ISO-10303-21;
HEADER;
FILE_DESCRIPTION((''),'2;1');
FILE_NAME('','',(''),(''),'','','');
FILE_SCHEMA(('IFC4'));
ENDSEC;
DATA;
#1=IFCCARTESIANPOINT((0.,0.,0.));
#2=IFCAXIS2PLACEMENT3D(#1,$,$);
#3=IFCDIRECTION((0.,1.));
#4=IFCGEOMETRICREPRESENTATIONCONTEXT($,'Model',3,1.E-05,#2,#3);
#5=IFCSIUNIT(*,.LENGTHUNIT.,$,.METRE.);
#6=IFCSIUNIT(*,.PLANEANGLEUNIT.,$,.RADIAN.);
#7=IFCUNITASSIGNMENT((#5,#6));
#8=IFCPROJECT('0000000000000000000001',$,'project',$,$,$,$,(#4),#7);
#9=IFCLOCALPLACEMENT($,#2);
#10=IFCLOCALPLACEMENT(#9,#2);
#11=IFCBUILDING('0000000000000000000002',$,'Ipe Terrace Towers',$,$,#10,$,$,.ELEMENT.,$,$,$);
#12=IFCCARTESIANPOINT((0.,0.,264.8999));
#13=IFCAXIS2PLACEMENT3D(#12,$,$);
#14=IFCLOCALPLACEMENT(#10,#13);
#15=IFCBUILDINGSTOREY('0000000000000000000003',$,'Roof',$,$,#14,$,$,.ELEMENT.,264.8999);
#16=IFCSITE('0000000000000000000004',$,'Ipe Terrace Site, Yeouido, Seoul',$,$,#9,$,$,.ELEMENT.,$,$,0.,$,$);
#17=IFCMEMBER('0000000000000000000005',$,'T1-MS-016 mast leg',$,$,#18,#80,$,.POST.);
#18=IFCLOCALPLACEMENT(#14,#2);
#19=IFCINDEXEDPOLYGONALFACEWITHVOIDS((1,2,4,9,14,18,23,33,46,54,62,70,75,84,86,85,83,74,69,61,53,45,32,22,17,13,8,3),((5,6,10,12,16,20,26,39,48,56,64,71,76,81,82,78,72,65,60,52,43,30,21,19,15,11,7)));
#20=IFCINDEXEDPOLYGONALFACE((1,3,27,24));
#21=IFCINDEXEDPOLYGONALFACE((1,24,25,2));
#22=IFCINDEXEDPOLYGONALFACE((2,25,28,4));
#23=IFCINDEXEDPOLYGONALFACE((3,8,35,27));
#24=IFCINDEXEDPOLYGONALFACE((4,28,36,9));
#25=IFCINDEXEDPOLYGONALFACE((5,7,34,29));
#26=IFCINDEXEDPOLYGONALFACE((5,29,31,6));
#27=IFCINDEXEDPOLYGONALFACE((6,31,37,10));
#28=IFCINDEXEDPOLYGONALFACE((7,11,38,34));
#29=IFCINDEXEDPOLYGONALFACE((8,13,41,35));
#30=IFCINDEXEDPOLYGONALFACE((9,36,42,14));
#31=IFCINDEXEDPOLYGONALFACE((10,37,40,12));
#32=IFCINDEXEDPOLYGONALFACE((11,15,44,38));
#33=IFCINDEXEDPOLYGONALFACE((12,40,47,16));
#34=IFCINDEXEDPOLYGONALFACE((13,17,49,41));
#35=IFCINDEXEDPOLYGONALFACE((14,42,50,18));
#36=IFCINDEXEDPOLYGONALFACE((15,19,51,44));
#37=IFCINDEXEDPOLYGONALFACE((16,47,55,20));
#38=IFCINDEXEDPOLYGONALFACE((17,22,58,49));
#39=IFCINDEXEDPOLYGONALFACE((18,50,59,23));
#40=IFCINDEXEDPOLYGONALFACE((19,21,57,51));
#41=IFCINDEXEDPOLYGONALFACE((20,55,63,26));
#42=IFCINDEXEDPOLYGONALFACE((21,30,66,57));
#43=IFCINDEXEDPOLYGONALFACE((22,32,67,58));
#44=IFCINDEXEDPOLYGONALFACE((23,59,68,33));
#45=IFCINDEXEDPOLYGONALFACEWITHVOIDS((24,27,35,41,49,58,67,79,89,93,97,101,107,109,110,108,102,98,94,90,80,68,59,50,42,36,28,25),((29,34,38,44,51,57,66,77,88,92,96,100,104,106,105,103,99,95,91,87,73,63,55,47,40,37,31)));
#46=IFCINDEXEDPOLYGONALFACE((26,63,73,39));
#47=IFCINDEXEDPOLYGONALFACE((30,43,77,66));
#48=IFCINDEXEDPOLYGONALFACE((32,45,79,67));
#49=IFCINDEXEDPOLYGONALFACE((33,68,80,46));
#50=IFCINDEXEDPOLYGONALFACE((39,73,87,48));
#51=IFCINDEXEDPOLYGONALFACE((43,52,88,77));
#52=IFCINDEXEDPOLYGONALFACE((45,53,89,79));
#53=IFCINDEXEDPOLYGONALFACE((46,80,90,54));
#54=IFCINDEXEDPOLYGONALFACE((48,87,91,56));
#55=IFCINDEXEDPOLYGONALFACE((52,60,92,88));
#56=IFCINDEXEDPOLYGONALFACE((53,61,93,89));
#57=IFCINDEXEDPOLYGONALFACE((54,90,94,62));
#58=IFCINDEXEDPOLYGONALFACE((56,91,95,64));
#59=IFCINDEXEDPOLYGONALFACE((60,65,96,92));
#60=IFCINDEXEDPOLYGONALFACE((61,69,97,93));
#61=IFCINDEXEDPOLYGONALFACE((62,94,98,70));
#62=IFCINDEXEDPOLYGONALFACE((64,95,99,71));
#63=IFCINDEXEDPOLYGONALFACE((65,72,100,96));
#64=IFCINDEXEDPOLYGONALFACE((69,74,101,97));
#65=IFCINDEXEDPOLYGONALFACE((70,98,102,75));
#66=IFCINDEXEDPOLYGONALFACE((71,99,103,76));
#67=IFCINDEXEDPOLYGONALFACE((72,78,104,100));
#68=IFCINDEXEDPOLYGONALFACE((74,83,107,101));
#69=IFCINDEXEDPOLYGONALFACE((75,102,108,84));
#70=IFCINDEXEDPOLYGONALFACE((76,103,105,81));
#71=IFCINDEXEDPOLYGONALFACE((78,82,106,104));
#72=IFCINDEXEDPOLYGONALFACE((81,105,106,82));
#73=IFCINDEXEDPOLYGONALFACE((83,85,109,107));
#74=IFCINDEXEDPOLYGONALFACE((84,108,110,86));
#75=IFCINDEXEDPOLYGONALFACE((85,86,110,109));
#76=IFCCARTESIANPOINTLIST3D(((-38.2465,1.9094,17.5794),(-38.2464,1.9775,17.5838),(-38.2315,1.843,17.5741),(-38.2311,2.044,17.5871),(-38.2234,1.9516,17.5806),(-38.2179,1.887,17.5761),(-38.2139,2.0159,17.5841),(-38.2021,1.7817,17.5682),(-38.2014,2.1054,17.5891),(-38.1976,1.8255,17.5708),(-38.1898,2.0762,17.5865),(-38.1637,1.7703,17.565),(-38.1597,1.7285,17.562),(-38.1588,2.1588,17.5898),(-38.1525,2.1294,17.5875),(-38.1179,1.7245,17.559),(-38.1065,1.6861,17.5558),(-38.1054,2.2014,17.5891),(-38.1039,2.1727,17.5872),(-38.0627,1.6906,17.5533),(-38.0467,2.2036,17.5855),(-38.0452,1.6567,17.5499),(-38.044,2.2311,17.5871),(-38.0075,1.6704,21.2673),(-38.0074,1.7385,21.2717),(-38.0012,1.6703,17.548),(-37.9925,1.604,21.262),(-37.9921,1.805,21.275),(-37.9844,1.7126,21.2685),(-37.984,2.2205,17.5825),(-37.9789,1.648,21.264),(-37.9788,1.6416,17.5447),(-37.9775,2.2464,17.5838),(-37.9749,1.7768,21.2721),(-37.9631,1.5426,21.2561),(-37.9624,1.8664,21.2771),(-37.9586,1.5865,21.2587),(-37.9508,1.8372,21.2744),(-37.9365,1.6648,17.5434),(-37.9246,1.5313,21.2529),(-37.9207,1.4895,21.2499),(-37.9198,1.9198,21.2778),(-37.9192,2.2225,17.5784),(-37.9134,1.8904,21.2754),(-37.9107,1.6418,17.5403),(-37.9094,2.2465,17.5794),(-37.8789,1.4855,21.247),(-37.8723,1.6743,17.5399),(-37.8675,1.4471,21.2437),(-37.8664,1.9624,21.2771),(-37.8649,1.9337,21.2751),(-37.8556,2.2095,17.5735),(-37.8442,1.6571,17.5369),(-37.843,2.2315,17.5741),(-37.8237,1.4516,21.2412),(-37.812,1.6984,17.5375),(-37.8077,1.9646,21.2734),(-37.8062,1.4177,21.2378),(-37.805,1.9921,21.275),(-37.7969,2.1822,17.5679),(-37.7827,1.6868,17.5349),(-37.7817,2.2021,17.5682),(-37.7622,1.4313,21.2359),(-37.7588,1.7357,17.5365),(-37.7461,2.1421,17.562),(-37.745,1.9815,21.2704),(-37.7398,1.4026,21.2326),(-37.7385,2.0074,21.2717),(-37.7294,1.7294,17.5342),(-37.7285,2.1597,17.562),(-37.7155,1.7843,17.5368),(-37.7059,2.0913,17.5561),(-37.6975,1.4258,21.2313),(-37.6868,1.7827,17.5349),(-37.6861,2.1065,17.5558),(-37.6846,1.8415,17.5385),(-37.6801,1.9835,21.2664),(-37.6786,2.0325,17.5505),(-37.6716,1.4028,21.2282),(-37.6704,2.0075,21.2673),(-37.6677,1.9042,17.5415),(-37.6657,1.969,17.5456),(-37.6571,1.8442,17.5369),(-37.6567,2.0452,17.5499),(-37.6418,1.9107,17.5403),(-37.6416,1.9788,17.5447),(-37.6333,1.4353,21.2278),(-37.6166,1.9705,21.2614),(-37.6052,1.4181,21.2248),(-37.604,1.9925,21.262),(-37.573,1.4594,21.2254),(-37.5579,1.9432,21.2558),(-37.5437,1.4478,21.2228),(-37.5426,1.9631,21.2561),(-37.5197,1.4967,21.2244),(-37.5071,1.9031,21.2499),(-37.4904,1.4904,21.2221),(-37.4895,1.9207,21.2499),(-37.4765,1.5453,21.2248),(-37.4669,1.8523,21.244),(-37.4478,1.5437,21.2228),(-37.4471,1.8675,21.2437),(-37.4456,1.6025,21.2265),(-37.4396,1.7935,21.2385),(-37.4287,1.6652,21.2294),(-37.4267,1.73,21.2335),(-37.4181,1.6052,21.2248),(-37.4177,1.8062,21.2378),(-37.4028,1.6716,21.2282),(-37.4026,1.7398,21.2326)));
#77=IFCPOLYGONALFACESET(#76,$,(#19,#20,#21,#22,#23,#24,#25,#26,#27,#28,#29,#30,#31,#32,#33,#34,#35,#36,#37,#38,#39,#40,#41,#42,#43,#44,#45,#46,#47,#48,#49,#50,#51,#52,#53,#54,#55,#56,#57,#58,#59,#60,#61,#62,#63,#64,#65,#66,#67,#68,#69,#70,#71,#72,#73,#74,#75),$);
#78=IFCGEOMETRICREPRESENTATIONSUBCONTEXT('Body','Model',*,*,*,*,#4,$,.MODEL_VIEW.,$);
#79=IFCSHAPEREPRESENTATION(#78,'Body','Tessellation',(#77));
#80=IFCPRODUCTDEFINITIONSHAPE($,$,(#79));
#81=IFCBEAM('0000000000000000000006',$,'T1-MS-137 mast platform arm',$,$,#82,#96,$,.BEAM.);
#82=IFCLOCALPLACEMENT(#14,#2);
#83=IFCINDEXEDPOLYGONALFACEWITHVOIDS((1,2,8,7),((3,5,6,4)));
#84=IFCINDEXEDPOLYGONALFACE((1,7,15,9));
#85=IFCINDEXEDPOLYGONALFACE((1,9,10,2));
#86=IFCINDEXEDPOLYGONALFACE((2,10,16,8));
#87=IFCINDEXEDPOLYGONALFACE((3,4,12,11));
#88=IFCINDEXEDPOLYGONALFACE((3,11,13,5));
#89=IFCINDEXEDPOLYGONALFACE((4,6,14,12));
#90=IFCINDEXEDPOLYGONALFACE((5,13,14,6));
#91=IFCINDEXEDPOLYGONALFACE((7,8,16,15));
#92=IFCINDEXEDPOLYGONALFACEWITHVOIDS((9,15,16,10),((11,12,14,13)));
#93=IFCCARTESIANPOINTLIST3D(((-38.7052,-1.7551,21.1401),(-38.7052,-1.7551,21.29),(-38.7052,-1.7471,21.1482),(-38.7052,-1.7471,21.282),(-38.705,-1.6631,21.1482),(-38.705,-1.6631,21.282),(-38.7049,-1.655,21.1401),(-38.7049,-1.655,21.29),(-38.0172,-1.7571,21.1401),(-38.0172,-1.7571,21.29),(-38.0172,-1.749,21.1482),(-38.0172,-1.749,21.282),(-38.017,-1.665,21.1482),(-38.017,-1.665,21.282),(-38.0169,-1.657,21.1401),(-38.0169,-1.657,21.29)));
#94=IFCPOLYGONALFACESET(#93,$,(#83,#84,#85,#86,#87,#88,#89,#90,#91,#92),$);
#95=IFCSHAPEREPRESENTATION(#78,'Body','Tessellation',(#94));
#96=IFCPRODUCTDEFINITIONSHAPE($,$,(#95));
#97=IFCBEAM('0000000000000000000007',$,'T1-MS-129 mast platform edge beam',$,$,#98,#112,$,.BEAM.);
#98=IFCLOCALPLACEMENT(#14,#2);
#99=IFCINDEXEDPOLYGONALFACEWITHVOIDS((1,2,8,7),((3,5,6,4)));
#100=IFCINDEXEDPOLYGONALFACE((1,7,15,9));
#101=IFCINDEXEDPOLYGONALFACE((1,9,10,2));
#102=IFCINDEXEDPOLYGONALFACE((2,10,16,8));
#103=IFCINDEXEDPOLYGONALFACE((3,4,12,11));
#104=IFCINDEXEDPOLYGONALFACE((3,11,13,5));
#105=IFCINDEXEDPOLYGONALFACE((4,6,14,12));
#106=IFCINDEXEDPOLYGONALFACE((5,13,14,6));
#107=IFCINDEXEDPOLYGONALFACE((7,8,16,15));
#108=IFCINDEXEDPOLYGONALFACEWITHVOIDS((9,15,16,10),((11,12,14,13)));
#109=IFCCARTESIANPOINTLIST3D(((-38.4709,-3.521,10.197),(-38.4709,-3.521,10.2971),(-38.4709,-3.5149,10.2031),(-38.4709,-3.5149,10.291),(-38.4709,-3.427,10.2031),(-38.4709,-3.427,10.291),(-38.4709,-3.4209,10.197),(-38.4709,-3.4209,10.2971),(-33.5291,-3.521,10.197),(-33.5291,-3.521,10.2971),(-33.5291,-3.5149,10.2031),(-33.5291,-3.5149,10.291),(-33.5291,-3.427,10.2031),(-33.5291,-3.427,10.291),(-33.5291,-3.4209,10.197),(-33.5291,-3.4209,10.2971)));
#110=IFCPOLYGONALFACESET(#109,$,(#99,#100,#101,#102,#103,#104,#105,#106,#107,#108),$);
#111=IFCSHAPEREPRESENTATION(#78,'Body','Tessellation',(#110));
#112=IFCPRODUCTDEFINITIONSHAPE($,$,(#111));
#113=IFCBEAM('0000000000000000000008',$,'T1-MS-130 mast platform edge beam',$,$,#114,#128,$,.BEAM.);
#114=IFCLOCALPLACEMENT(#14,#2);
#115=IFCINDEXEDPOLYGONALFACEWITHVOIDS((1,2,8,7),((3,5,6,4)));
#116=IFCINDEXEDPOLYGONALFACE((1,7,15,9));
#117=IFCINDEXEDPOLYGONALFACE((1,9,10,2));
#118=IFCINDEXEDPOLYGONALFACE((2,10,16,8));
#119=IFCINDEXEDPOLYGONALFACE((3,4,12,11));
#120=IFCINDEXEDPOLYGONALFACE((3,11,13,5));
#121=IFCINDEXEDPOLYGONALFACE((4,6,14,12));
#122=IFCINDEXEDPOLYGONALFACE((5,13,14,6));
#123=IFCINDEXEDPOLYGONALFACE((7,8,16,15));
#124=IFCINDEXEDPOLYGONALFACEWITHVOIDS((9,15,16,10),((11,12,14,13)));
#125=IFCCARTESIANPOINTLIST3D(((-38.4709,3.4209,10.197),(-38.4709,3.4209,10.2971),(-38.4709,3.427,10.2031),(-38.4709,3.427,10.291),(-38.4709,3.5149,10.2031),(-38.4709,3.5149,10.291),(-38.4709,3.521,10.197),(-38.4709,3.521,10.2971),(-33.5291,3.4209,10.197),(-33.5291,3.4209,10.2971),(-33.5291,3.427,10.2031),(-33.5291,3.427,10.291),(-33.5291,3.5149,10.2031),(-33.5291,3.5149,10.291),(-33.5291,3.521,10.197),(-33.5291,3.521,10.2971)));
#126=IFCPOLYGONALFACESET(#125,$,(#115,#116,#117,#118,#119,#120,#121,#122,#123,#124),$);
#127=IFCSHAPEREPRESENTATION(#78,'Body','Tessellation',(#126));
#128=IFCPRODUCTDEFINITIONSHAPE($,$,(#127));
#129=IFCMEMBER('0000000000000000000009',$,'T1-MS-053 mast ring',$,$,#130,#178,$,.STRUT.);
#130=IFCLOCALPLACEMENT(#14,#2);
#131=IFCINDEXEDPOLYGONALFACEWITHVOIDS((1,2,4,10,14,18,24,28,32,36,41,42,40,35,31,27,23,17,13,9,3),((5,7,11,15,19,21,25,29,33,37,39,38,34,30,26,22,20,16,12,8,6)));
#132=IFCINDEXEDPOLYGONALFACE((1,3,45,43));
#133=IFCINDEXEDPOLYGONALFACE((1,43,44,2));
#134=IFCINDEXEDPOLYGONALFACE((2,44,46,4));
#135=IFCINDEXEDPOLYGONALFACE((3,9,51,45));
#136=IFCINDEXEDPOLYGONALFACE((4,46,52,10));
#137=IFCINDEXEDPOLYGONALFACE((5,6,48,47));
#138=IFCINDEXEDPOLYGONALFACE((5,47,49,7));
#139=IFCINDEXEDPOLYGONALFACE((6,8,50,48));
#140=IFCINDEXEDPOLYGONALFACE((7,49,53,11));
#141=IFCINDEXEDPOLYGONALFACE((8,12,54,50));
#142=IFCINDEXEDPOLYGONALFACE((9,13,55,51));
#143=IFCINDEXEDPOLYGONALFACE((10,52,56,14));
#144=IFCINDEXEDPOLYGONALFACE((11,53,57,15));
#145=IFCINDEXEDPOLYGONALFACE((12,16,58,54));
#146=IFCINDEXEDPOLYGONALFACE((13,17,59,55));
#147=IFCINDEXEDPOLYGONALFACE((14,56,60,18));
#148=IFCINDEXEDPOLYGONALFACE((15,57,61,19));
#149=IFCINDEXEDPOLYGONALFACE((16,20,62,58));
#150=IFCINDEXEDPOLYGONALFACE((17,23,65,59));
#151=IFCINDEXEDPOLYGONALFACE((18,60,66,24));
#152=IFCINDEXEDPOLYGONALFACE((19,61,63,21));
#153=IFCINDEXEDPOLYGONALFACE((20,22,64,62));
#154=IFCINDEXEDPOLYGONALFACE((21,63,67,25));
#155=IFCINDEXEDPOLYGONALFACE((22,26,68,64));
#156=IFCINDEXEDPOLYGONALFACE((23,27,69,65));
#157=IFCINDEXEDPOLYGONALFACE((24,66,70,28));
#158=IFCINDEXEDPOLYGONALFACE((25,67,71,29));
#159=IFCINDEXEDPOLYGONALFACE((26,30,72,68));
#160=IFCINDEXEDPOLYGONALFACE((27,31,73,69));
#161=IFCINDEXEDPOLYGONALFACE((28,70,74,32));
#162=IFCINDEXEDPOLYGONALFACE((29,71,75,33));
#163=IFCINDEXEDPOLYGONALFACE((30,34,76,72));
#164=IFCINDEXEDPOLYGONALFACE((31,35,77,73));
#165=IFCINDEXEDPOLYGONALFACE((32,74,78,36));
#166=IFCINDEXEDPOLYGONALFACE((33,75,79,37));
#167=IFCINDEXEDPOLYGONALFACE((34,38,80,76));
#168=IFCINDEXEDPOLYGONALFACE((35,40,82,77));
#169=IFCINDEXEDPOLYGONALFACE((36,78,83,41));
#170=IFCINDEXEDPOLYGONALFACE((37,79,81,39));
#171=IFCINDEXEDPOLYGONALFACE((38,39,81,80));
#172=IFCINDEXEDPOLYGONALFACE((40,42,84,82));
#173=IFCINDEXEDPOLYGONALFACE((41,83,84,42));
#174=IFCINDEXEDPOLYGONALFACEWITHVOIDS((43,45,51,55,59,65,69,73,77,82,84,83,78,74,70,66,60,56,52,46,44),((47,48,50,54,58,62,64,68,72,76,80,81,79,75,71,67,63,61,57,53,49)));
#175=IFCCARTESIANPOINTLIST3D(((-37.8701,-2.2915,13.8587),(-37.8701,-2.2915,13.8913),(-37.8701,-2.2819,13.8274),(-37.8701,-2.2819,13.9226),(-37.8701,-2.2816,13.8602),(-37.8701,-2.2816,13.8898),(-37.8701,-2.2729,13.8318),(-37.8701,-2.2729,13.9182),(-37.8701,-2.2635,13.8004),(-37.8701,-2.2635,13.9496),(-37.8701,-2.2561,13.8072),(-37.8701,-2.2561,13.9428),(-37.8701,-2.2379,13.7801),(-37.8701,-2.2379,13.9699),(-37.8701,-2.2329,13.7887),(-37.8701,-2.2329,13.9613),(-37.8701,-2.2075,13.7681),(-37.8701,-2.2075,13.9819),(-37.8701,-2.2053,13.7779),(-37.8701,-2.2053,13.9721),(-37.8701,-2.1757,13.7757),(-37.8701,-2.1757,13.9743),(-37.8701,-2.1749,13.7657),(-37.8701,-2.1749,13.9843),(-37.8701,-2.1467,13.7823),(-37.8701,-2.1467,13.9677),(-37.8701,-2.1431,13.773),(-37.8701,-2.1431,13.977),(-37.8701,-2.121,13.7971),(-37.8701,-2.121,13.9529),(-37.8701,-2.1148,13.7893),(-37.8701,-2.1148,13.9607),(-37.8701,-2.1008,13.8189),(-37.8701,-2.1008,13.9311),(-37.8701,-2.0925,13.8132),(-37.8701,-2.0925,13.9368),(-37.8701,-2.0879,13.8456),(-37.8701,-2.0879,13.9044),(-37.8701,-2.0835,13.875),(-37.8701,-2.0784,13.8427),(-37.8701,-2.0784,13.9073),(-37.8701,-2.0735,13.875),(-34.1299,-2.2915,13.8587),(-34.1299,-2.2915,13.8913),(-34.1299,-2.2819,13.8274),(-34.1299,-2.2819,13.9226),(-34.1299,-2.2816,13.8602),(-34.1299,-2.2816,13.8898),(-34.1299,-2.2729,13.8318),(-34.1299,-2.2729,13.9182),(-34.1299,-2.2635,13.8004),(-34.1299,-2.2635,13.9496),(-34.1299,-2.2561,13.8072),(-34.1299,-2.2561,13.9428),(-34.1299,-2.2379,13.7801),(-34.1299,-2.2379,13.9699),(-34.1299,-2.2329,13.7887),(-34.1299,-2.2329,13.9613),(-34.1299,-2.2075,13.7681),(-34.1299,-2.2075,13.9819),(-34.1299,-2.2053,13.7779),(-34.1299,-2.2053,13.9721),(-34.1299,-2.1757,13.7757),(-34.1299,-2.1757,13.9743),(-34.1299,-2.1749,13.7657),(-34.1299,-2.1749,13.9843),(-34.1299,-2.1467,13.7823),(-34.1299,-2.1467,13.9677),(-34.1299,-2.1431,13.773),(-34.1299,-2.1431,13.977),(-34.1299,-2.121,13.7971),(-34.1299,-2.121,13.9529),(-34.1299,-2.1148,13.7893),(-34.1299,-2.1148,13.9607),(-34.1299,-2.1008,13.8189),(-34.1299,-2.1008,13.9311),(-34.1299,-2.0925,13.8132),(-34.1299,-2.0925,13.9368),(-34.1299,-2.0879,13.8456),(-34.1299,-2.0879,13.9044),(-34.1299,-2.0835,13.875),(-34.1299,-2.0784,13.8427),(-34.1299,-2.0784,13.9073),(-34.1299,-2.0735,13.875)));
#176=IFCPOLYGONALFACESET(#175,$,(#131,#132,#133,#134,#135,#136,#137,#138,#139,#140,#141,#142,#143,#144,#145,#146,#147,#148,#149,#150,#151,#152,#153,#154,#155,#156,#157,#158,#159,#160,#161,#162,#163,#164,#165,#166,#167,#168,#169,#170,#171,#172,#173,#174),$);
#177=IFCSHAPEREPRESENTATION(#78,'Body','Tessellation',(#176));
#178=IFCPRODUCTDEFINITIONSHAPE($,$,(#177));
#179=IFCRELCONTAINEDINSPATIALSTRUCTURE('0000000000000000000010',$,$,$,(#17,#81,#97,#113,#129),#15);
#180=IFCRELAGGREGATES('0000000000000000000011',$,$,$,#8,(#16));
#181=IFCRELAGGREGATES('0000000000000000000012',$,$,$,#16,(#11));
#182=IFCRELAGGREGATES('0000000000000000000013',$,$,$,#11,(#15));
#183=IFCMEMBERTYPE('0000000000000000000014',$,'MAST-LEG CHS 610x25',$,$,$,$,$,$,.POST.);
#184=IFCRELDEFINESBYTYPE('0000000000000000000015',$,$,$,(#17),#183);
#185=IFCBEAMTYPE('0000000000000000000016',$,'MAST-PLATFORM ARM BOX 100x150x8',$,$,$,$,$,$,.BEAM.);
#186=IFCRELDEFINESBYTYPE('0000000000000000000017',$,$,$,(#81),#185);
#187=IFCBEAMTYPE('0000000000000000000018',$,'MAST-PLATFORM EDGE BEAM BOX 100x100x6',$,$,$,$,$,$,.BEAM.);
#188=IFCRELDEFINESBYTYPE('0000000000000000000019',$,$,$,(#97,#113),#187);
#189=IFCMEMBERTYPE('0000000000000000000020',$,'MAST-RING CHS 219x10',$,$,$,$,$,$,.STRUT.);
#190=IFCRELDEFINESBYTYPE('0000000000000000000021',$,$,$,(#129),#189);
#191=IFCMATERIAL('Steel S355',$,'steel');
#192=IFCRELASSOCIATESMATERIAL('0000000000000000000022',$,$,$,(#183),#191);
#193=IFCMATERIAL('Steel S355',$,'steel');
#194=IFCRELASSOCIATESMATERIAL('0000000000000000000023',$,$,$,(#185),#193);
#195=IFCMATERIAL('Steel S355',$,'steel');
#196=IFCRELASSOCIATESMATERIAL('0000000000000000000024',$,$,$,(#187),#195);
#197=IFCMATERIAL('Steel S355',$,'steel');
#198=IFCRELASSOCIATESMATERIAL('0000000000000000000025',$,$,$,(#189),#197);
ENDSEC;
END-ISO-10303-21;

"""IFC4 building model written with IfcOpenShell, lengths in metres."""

from ifc_helpers import new_model, si_unit, direction, frame, origin, origin_2d, place, context, subcontext, project, spatial, hollow_rectangle, hollow_circle, extrude, material, material_profile, profile_set, type_object, element, save


model = new_model("IFC4")

# Units and contexts
model_context = context("Model", 3, precision=1e-05, world=origin(), true_north=direction((0.0, 1.0)))
body_context = subcontext(model_context, "Body", "Model", "MODEL_VIEW")
ifc_project = project(units=[si_unit("LENGTHUNIT", "METRE"), si_unit("PLANEANGLEUNIT", "RADIAN")], contexts=[model_context])

# Site, building, storey
site_placement = place(None, origin())
site = spatial("IfcSite", under=ifc_project, at=site_placement, Name="Ipe Terrace Site, Yeouido, Seoul", CompositionType="ELEMENT", RefElevation=0.0)
building_placement = place(site_placement, origin())
building = spatial("IfcBuilding", under=site, at=building_placement, Name="Ipe Terrace Towers", CompositionType="ELEMENT")
storey_placement = place(building_placement, frame((0.0, 0.0, 264.8999)))
storey = spatial("IfcBuildingStorey", under=building, at=storey_placement, Name="Roof", CompositionType="ELEMENT", Elevation=264.8999)

# Member
ifc_material_1 = material(Name="Steel S355", Category="steel")
ifc_material_profile_1 = material_profile(ifc_material_1, hollow_circle(Radius=0.3049, WallThickness=0.0249, at=origin_2d()), Name="MAST-LEG CHS 610x25")
ifc_profile_set_1 = profile_set([ifc_material_profile_1], Name="Steel S355")
member_type_1 = type_object("IfcMemberType", Name="MAST-LEG CHS 610x25", PredefinedType="POST", material=ifc_profile_set_1)
member_1_placement = place(storey_placement, frame((-37.9441, 1.9441, 17.562), z_axis=(0.064538, -0.064538, 0.995826), x_axis=(0.707107, 0.707107, 0.0)))
element("IfcMember", 1, at=member_1_placement, inside=storey, type_object=member_type_1, Name="T1-MS-016 mast leg", PredefinedType="POST", context=body_context, shape_type="SweptSolid", body=[
    extrude(hollow_circle(Radius=0.3049, WallThickness=0.0249, at=origin_2d()), origin(), (0.0, 0.0, 1.0), 3.7034),
])

# Beams
ifc_material_2 = material(Name="Steel S355", Category="steel")
ifc_material_profile_2 = material_profile(ifc_material_2, hollow_rectangle(XDim=0.1001, YDim=0.1499, WallThickness=0.0081, at=origin_2d()), Name="MAST-PLATFORM ARM BOX 100x150x8")
ifc_profile_set_2 = profile_set([ifc_material_profile_2], Name="Steel S355")
beam_type_1 = type_object("IfcBeamType", Name="MAST-PLATFORM ARM BOX 100x150x8", PredefinedType="BEAM", material=ifc_profile_set_2)
beam_placement = place(storey_placement, frame((-38.0171, -1.707, 21.2151), z_axis=(-0.999996, 0.002839, 0.0), x_axis=(-0.002839, -0.999996, 0.0)))
element("IfcBeam", 2, at=beam_placement, inside=storey, type_object=beam_type_1, Name="T1-MS-137 mast platform arm", PredefinedType="BEAM", context=body_context, shape_type="SweptSolid", body=[
    extrude(hollow_rectangle(XDim=0.1001, YDim=0.1499, WallThickness=0.0081, at=origin_2d()), origin(), (0.0, 0.0, 1.0), 0.688),
])
ifc_material_3 = material(Name="Steel S355", Category="steel")
ifc_material_profile_3 = material_profile(ifc_material_3, hollow_rectangle(XDim=0.1001, YDim=0.1001, WallThickness=0.0061, at=origin_2d()), Name="MAST-PLATFORM EDGE BEAM BOX 100x100x6")
ifc_profile_set_3 = profile_set([ifc_material_profile_3], Name="Steel S355")
beam_type_2 = type_object("IfcBeamType", Name="MAST-PLATFORM EDGE BEAM BOX 100x100x6", PredefinedType="BEAM", material=ifc_profile_set_3)
for number, where, z_axis, x_axis, name in (
    (3, (-38.4709, -3.4709, 10.2471), (1.0, 0.0, 0.0), (0.0, 1.0, 0.0), "T1-MS-129 mast platform edge beam"),
    (4, (-38.4709, 3.4709, 10.2471), (1.0, 0.0, 0.0), (0.0, 1.0, 0.0), "T1-MS-130 mast platform edge beam"),
):
    element("IfcBeam", number, at=place(storey_placement, frame(where, z_axis=z_axis, x_axis=x_axis)), inside=storey, type_object=beam_type_2, Name=name, PredefinedType="BEAM", context=body_context, shape_type="SweptSolid", body=[
        extrude(hollow_rectangle(XDim=0.1001, YDim=0.1001, WallThickness=0.0061, at=origin_2d()), origin(), (0.0, 0.0, 1.0), 4.9419),
    ])

# Member
ifc_material_4 = material(Name="Steel S355", Category="steel")
ifc_material_profile_4 = material_profile(ifc_material_4, hollow_circle(Radius=0.1096, WallThickness=0.01, at=origin_2d()), Name="MAST-RING CHS 219x10")
ifc_profile_set_4 = profile_set([ifc_material_profile_4], Name="Steel S355")
member_type_2 = type_object("IfcMemberType", Name="MAST-RING CHS 219x10", PredefinedType="STRUT", material=ifc_profile_set_4)
for number, where, z_axis, x_axis, name in (
    (5, (-37.8701, -2.1831, 13.875), (1.0, 0.0, 0.0), (0.0, 1.0, 0.0), "T1-MS-053 mast ring"),
):
    element("IfcMember", number, at=place(storey_placement, frame(where, z_axis=z_axis, x_axis=x_axis)), inside=storey, type_object=member_type_2, Name=name, PredefinedType="STRUT", context=body_context, shape_type="SweptSolid", body=[
        extrude(hollow_circle(Radius=0.1096, WallThickness=0.01, at=origin_2d()), origin(), (0.0, 0.0, 1.0), 3.7402),
    ])

save(model, "model.ifc")
